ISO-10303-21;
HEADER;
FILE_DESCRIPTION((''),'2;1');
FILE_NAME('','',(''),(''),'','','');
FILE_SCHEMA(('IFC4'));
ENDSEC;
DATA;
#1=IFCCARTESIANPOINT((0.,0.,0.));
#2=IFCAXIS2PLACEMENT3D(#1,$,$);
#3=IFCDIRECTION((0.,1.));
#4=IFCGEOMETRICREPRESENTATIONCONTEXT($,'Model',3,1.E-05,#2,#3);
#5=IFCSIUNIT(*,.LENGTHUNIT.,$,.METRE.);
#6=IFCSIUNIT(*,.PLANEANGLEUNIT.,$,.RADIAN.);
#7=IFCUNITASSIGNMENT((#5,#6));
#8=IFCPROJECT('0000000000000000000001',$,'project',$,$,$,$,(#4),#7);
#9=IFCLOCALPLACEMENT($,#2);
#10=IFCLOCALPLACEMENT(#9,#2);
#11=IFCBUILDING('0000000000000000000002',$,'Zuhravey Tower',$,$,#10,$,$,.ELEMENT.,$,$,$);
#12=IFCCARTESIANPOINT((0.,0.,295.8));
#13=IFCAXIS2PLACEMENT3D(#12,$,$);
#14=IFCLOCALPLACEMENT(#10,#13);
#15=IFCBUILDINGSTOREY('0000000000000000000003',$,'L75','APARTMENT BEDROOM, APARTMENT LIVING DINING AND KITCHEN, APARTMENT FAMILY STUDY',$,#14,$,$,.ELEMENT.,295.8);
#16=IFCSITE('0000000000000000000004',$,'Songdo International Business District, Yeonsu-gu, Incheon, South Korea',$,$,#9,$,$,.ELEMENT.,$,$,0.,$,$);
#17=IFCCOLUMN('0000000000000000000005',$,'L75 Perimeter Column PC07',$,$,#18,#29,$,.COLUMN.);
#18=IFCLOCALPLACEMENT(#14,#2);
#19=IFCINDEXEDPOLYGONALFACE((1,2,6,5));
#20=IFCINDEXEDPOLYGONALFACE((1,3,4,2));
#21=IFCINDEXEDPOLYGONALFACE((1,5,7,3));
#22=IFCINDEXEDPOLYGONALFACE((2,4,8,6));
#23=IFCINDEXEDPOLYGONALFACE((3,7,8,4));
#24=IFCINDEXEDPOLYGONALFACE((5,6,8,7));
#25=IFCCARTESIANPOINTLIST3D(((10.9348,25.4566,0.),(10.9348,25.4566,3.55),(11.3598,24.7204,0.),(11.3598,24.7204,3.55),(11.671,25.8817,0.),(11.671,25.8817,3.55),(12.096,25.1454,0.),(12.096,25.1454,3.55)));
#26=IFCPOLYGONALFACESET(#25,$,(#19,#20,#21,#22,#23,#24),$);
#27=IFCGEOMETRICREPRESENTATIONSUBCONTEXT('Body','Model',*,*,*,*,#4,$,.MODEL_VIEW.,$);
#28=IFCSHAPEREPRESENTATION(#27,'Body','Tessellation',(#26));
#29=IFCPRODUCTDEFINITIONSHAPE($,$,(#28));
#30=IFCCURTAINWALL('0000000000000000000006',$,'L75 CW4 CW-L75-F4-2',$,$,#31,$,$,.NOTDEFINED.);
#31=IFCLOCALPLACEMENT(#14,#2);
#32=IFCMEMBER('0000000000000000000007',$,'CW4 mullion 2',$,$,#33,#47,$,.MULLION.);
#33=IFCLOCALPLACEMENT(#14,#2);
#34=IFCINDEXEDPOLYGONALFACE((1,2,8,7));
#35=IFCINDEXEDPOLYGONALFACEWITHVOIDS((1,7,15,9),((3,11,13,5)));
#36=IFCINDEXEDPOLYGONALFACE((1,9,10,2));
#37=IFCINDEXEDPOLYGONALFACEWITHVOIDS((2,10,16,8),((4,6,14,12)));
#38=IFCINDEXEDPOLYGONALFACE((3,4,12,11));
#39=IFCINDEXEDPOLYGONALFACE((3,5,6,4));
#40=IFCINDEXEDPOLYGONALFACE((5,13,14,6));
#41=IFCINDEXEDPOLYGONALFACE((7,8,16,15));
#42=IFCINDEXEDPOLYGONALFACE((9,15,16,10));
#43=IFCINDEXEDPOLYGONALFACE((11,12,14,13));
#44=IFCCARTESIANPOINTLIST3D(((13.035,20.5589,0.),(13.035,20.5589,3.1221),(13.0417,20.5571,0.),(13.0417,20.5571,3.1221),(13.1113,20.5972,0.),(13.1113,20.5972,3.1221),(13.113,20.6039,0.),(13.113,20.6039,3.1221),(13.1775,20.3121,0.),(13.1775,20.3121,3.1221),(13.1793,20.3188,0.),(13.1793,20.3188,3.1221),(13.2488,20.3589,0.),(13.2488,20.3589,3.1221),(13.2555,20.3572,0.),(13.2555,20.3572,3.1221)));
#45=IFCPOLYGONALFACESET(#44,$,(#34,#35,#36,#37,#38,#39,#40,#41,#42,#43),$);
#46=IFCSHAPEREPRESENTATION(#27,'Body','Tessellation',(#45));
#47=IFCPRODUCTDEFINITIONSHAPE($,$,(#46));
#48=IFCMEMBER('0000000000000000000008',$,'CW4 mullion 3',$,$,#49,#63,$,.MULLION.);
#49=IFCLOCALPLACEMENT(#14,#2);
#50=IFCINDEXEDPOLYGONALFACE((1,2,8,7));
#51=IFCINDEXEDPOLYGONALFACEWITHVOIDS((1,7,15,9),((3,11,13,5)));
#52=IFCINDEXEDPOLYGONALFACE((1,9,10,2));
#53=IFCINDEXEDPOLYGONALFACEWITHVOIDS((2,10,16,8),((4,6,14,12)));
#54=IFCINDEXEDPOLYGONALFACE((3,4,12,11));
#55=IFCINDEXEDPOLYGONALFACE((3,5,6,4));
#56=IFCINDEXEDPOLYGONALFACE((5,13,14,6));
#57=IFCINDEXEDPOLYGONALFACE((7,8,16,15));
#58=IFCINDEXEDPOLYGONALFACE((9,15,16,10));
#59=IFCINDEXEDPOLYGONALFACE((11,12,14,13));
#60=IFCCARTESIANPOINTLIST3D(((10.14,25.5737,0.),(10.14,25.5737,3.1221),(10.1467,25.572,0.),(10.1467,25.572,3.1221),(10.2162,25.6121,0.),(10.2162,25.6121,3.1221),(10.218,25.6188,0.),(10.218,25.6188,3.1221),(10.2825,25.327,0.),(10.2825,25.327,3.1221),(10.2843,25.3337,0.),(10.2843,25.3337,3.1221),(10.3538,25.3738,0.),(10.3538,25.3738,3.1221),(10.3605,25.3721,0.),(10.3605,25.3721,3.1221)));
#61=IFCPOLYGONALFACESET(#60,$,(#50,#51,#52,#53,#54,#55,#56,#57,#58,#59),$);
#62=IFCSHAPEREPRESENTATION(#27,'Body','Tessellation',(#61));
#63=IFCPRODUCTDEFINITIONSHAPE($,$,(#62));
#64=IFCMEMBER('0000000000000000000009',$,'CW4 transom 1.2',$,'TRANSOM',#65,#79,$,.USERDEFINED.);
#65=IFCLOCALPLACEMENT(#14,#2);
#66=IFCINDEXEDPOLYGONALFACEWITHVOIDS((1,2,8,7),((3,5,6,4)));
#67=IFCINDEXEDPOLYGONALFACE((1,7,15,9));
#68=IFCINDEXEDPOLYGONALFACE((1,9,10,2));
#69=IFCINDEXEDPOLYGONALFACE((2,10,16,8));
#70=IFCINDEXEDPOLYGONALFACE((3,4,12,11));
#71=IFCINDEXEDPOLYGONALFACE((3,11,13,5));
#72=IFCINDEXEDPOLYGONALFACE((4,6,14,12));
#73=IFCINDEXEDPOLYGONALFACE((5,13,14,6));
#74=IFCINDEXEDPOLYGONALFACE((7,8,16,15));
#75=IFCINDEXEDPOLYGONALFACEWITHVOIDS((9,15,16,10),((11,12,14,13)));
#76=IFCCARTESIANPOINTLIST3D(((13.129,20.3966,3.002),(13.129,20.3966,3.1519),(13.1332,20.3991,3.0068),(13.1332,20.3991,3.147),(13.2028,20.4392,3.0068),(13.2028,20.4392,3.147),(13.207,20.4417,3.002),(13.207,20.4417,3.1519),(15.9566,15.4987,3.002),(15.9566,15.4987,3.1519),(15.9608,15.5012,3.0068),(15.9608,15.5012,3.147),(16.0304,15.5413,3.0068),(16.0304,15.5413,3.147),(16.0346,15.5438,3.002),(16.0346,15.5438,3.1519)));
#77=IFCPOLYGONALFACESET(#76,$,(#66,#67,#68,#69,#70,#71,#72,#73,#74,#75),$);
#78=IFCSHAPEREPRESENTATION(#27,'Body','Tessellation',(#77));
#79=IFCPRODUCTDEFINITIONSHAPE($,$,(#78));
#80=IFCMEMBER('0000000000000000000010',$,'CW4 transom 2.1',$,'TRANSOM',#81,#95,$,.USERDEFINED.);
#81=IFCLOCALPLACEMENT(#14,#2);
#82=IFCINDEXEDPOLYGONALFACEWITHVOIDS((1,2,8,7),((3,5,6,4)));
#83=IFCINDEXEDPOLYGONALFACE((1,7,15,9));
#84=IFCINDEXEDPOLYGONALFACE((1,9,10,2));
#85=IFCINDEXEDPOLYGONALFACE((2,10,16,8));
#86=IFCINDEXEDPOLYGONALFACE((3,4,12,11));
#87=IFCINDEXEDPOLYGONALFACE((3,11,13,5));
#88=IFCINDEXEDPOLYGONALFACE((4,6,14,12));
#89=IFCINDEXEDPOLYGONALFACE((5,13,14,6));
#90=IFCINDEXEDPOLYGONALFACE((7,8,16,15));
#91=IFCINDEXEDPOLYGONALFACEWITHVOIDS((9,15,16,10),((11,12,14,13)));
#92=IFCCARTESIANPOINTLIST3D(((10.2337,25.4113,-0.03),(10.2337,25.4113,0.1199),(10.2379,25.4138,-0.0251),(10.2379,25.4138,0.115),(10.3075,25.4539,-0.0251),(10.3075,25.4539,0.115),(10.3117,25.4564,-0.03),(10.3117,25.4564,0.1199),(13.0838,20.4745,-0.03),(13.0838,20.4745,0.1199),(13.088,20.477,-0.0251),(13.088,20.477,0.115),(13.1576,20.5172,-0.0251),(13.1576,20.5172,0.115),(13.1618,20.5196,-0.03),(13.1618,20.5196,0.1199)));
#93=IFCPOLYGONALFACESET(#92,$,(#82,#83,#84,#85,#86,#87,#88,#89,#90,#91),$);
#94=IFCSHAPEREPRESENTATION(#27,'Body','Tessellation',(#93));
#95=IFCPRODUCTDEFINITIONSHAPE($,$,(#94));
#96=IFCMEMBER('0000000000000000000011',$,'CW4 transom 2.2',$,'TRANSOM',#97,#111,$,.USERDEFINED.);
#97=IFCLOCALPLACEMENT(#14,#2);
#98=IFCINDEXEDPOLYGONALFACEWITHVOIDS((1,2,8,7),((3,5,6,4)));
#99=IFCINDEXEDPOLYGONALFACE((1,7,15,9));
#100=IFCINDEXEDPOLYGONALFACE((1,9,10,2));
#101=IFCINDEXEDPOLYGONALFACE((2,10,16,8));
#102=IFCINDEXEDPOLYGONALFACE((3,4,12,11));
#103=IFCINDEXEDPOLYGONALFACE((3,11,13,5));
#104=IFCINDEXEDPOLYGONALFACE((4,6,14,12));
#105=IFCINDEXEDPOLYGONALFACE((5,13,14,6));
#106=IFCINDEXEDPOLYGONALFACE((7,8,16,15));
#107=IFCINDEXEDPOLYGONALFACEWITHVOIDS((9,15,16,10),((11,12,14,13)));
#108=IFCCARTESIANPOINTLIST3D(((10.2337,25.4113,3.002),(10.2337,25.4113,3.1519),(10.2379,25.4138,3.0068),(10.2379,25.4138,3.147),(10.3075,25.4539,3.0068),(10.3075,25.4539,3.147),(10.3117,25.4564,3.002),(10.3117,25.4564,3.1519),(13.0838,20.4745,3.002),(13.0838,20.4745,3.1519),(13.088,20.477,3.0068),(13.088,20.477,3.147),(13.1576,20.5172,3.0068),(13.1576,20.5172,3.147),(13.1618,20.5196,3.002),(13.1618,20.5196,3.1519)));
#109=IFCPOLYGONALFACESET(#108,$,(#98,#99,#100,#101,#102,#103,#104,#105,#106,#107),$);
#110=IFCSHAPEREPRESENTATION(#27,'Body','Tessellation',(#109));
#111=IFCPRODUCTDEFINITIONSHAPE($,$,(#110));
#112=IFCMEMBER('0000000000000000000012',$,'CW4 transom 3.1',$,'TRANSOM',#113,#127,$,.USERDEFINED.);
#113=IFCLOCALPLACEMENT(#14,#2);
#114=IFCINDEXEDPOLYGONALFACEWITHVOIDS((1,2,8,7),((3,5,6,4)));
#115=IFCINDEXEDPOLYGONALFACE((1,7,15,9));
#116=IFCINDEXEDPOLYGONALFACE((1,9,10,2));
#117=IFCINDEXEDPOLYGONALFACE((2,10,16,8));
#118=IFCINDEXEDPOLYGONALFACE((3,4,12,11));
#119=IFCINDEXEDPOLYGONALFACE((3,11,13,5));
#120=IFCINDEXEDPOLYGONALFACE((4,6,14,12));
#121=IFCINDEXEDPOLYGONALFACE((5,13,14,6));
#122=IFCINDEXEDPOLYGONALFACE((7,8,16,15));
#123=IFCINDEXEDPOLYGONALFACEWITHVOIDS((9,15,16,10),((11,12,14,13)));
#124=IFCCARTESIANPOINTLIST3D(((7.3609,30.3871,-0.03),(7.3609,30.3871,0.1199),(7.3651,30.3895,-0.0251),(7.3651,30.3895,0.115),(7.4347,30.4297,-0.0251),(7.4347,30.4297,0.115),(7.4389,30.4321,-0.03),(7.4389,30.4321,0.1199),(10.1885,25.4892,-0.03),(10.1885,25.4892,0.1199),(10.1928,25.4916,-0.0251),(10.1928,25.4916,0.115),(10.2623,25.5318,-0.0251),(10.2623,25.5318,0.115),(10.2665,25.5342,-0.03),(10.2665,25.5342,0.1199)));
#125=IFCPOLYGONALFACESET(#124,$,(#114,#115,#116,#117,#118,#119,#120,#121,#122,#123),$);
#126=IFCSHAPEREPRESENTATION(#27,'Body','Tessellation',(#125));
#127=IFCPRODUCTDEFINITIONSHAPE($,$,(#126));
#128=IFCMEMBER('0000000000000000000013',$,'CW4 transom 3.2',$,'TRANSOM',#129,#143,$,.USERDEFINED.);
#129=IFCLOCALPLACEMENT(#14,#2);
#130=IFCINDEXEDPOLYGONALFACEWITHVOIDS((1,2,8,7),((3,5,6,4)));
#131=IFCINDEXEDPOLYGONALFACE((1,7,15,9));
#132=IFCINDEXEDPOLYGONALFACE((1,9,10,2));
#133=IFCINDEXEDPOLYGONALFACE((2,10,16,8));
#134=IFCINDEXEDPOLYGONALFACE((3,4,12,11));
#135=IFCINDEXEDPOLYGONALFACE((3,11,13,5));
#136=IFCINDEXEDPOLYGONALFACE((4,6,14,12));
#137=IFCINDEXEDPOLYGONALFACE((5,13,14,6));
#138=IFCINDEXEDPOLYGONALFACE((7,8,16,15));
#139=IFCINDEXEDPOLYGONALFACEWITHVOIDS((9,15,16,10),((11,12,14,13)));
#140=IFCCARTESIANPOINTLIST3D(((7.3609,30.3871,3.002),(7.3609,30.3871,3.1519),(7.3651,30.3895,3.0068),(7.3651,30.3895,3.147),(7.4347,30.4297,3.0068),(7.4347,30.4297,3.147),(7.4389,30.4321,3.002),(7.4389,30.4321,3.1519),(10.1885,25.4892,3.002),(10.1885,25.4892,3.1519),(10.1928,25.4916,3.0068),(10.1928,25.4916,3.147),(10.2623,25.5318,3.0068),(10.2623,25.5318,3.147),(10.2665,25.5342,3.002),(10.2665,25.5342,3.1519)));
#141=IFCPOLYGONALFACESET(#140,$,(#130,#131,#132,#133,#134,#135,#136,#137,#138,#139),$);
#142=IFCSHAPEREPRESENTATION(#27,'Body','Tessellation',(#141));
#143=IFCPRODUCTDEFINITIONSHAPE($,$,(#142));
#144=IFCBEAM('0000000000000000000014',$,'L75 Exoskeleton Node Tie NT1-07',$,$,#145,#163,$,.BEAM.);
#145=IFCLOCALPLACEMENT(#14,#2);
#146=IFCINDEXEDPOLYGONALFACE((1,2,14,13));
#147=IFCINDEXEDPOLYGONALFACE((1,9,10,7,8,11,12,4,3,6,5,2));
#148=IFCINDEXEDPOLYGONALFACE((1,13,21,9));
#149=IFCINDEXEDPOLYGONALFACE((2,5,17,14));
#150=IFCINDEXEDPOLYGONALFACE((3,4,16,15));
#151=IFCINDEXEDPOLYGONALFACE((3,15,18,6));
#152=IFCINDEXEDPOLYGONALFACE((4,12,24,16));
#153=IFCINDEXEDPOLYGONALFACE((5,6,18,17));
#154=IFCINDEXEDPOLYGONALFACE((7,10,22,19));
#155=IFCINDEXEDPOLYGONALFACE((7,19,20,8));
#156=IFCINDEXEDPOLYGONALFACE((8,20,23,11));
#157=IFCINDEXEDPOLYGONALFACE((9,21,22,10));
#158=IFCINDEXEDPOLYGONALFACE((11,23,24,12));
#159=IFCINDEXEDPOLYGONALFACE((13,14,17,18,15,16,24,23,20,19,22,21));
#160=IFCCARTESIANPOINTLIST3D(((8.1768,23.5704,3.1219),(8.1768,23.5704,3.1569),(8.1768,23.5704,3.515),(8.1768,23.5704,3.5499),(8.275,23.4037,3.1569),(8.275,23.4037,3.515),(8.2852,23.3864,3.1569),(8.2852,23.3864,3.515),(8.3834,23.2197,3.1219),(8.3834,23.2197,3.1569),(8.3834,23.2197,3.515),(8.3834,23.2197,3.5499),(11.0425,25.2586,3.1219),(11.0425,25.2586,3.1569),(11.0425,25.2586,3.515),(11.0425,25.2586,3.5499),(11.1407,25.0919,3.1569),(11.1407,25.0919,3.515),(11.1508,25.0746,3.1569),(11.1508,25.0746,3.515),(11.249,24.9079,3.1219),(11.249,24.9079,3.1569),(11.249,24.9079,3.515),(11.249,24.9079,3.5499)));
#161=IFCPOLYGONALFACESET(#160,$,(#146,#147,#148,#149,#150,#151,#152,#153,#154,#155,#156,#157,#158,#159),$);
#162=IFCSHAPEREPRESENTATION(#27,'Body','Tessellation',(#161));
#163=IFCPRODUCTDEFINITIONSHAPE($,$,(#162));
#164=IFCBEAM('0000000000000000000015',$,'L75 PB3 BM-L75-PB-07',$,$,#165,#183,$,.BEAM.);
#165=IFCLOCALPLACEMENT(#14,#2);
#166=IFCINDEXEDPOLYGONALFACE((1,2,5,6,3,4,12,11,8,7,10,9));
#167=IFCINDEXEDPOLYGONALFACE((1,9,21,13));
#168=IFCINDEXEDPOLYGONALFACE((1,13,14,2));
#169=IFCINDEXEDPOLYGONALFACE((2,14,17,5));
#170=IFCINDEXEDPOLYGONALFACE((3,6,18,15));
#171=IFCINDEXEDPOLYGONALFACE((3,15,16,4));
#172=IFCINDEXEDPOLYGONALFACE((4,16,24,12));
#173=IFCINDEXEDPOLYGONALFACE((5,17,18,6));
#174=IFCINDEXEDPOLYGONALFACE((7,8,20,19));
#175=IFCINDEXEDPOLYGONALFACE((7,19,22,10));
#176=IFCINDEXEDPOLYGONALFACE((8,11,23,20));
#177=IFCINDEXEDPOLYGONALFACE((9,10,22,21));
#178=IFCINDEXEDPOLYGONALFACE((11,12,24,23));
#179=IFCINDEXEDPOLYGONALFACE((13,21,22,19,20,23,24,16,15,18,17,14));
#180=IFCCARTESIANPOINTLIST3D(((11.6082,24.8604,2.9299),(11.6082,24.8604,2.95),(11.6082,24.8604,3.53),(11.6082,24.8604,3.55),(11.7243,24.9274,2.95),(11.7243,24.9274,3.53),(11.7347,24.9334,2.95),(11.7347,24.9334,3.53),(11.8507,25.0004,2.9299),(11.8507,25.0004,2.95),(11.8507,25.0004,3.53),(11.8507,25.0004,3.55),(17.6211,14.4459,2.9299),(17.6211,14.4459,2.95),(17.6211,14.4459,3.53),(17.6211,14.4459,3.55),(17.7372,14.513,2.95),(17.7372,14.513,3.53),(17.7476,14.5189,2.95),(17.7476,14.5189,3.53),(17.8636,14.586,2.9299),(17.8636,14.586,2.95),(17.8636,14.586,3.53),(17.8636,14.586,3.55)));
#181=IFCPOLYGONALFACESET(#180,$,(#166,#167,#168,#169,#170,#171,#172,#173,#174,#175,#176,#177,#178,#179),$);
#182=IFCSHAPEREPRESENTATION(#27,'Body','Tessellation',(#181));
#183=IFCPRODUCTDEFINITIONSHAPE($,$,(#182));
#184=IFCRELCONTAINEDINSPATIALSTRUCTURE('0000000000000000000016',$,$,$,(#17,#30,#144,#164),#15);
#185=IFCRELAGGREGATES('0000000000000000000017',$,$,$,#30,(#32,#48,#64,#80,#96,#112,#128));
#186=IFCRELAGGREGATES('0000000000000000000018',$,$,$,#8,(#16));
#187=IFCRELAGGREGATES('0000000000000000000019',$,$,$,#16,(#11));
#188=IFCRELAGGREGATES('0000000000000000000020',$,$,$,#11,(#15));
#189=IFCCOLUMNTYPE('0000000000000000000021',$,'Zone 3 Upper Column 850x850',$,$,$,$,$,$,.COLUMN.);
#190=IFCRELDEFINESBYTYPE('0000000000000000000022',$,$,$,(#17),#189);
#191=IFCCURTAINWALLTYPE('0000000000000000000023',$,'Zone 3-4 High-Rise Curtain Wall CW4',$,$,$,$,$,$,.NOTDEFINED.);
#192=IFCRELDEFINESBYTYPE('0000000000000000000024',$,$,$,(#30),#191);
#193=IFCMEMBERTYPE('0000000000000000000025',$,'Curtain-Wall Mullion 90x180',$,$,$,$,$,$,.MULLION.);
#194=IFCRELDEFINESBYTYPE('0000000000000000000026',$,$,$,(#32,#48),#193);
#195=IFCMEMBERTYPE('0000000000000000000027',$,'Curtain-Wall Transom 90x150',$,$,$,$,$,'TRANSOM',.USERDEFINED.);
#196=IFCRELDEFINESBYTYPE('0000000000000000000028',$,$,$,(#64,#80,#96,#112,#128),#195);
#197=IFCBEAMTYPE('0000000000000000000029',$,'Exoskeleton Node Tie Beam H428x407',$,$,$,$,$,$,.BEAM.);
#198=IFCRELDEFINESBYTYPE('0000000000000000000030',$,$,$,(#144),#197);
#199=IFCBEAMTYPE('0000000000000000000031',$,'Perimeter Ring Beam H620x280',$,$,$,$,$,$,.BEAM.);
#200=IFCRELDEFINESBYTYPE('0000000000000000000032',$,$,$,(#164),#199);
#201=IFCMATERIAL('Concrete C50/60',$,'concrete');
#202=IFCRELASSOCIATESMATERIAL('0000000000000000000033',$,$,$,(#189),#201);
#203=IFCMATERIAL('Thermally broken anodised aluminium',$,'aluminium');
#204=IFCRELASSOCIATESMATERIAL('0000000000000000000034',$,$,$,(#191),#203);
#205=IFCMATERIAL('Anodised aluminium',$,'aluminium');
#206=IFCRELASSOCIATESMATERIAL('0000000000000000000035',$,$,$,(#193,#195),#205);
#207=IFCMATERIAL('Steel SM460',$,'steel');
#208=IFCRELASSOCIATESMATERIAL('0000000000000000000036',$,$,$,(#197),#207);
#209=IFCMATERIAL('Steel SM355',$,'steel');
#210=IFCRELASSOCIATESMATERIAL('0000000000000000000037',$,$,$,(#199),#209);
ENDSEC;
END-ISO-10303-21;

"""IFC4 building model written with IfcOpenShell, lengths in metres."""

from ifc_helpers import new_model, si_unit, direction, frame, origin, origin_2d, place, context, subcontext, project, spatial, rectangle, hollow_rectangle, i_section, extrude, material, material_profile, profile_set, type_object, element, aggregate, save


model = new_model("IFC4")

# Units and contexts
model_context = context("Model", 3, precision=1e-05, world=origin(), true_north=direction((0.0, 1.0)))
body_context = subcontext(model_context, "Body", "Model", "MODEL_VIEW")
ifc_project = project(units=[si_unit("LENGTHUNIT", "METRE"), si_unit("PLANEANGLEUNIT", "RADIAN")], contexts=[model_context])

# Site, building, storey
site_placement = place(None, origin())
site = spatial("IfcSite", under=ifc_project, at=site_placement, Name="Songdo International Business District, Yeonsu-gu, Incheon, South Korea", CompositionType="ELEMENT", RefElevation=0.0)
building_placement = place(site_placement, origin())
building = spatial("IfcBuilding", under=site, at=building_placement, Name="Zuhravey Tower", CompositionType="ELEMENT")
storey_placement = place(building_placement, frame((0.0, 0.0, 295.8)))
storey = spatial("IfcBuildingStorey", under=building, at=storey_placement, Name="L75", Description="APARTMENT BEDROOM, APARTMENT LIVING DINING AND KITCHEN, APARTMENT FAMILY STUDY", CompositionType="ELEMENT", Elevation=295.8)

# Column
ifc_material_1 = material(Name="Concrete C50/60", Category="concrete")
ifc_material_profile_1 = material_profile(ifc_material_1, rectangle(XDim=0.8501, YDim=0.8501, at=origin_2d()), Name="RC-850x850")
ifc_profile_set_1 = profile_set([ifc_material_profile_1], Name="Concrete C50/60")
column_type = type_object("IfcColumnType", Name="Zone 3 Upper Column 850x850", PredefinedType="COLUMN", material=ifc_profile_set_1)
column_placement = place(storey_placement, frame((11.5154, 25.301, 0.0), z_axis=(0.0, 0.0, 1.0), x_axis=(0.5, -0.866025, 0.0)))
element("IfcColumn", 1, at=column_placement, inside=storey, type_object=column_type, Name="L75 Perimeter Column PC07", PredefinedType="COLUMN", context=body_context, shape_type="SweptSolid", body=[
    extrude(rectangle(XDim=0.8501, YDim=0.8501, at=origin_2d()), origin(), (0.0, 0.0, 1.0), 3.55),
])

# Curtain wall, members
ifc_material_2 = material(Name="Thermally broken anodised aluminium", Category="aluminium")
curtain_wall_type = type_object("IfcCurtainWallType", Name="Zone 3-4 High-Rise Curtain Wall CW4", PredefinedType="NOTDEFINED", material=ifc_material_2)
curtain_wall_placement = place(storey_placement, origin())
curtain_wall = element("IfcCurtainWall", 2, at=curtain_wall_placement, inside=storey, type_object=curtain_wall_type, Name="L75 CW4 CW-L75-F4-2", PredefinedType="NOTDEFINED")
ifc_material_3 = material(Name="Anodised aluminium", Category="aluminium")
ifc_material_profile_2 = material_profile(ifc_material_3, hollow_rectangle(XDim=0.0901, YDim=0.2849, WallThickness=0.0049, at=origin_2d()), Name="ALU-RHS-90x285x5")
ifc_profile_set_2 = profile_set([ifc_material_profile_2], Name="Anodised aluminium")
member_type_1 = type_object("IfcMemberType", Name="Curtain-Wall Mullion 90x180", PredefinedType="MULLION", material=ifc_profile_set_2)
member_1_placement = place(storey_placement, frame((13.1453, 20.458, 0.0), z_axis=(0.0, 0.0, 1.0), x_axis=(-0.866026, -0.499999, 0.0)))
member_1 = element("IfcMember", 3, at=member_1_placement, type_object=member_type_1, Name="CW4 mullion 2", PredefinedType="MULLION", context=body_context, shape_type="SweptSolid", body=[
    extrude(hollow_rectangle(XDim=0.0901, YDim=0.2849, WallThickness=0.0049, at=origin_2d()), origin(), (0.0, 0.0, 1.0), 3.1221),
])
member_2_placement = place(storey_placement, frame((10.2502, 25.4729, 0.0), z_axis=(0.0, 0.0, 1.0), x_axis=(-0.866026, -0.499999, 0.0)))
member_2 = element("IfcMember", 4, at=member_2_placement, type_object=member_type_1, Name="CW4 mullion 3", PredefinedType="MULLION", context=body_context, shape_type="SweptSolid", body=[
    extrude(hollow_rectangle(XDim=0.0901, YDim=0.2849, WallThickness=0.0049, at=origin_2d()), origin(), (0.0, 0.0, 1.0), 3.1221),
])
ifc_material_profile_3 = material_profile(ifc_material_3, hollow_rectangle(XDim=0.0901, YDim=0.1499, WallThickness=0.0049, at=origin_2d()), Name="ALU-RHS-90x150x5")
ifc_profile_set_3 = profile_set([ifc_material_profile_3], Name="Anodised aluminium")
member_type_2 = type_object("IfcMemberType", Name="Curtain-Wall Transom 90x150", ElementType="TRANSOM", PredefinedType="USERDEFINED", material=ifc_profile_set_3)
member_3_placement = place(storey_placement, frame((15.9956, 15.5212, 3.0769), z_axis=(-0.499974, 0.86604, 0.0), x_axis=(-0.86604, -0.499974, 0.0)))
member_3 = element("IfcMember", 5, at=member_3_placement, type_object=member_type_2, Name="CW4 transom 1.2", ObjectType="TRANSOM", PredefinedType="USERDEFINED", context=body_context, shape_type="SweptSolid", body=[
    extrude(hollow_rectangle(XDim=0.0901, YDim=0.1499, WallThickness=0.0049, at=origin_2d()), origin(), (0.0, 0.0, 1.0), 5.6555),
])
member_4_placement = place(storey_placement, frame((13.1228, 20.4971, 0.0449), z_axis=(-0.499981, 0.866037, 0.0), x_axis=(-0.866037, -0.499981, 0.0)))
member_4 = element("IfcMember", 6, at=member_4_placement, type_object=member_type_2, Name="CW4 transom 2.1", ObjectType="TRANSOM", PredefinedType="USERDEFINED", context=body_context, shape_type="SweptSolid", body=[
    extrude(hollow_rectangle(XDim=0.0901, YDim=0.1499, WallThickness=0.0049, at=origin_2d()), origin(), (0.0, 0.0, 1.0), 5.7004),
])
member_5_placement = place(storey_placement, frame((13.1228, 20.4971, 3.0769), z_axis=(-0.499981, 0.866037, 0.0), x_axis=(-0.866037, -0.499981, 0.0)))
member_5 = element("IfcMember", 7, at=member_5_placement, type_object=member_type_2, Name="CW4 transom 2.2", ObjectType="TRANSOM", PredefinedType="USERDEFINED", context=body_context, shape_type="SweptSolid", body=[
    extrude(hollow_rectangle(XDim=0.0901, YDim=0.1499, WallThickness=0.0049, at=origin_2d()), origin(), (0.0, 0.0, 1.0), 5.7004),
])
member_6_placement = place(storey_placement, frame((10.2275, 25.5117, 0.0449), z_axis=(-0.499974, 0.86604, 0.0), x_axis=(-0.86604, -0.499974, 0.0)))
member_6 = element("IfcMember", 8, at=member_6_placement, type_object=member_type_2, Name="CW4 transom 3.1", ObjectType="TRANSOM", PredefinedType="USERDEFINED", context=body_context, shape_type="SweptSolid", body=[
    extrude(hollow_rectangle(XDim=0.0901, YDim=0.1499, WallThickness=0.0049, at=origin_2d()), origin(), (0.0, 0.0, 1.0), 5.6555),
])
member_7_placement = place(storey_placement, frame((10.2275, 25.5117, 3.0769), z_axis=(-0.499974, 0.86604, 0.0), x_axis=(-0.86604, -0.499974, 0.0)))
member_7 = element("IfcMember", 9, at=member_7_placement, type_object=member_type_2, Name="CW4 transom 3.2", ObjectType="TRANSOM", PredefinedType="USERDEFINED", context=body_context, shape_type="SweptSolid", body=[
    extrude(hollow_rectangle(XDim=0.0901, YDim=0.1499, WallThickness=0.0049, at=origin_2d()), origin(), (0.0, 0.0, 1.0), 5.6555),
])

# Beams
ifc_material_4 = material(Name="Steel SM460", Category="steel")
ifc_material_profile_4 = material_profile(ifc_material_4, i_section(OverallWidth=0.407, OverallDepth=0.428, WebThickness=0.02, FlangeThickness=0.0349, at=origin_2d()), Name="H-428x407x20x35")
ifc_profile_set_4 = profile_set([ifc_material_profile_4], Name="Steel SM460")
beam_type_1 = type_object("IfcBeamType", Name="Exoskeleton Node Tie Beam H428x407", PredefinedType="BEAM", material=ifc_profile_set_4)
beam_1_placement = place(storey_placement, frame((11.1458, 25.0833, 3.3359), z_axis=(-0.861604, -0.507581, 0.0), x_axis=(0.507581, -0.861604, 0.0)))
element("IfcBeam", 10, at=beam_1_placement, inside=storey, type_object=beam_type_1, Name="L75 Exoskeleton Node Tie NT1-07", PredefinedType="BEAM", context=body_context, shape_type="SweptSolid", body=[
    extrude(i_section(OverallWidth=0.407, OverallDepth=0.428, WebThickness=0.02, FlangeThickness=0.0349, at=origin_2d()), origin(), (0.0, 0.0, 1.0), 3.3259),
])
ifc_material_5 = material(Name="Steel SM355", Category="steel")
ifc_material_profile_5 = material_profile(ifc_material_5, i_section(OverallWidth=0.28, OverallDepth=0.6201, WebThickness=0.012, FlangeThickness=0.02, at=origin_2d()), Name="H-620x280x12x20")
ifc_profile_set_5 = profile_set([ifc_material_profile_5], Name="Steel SM355")
beam_type_2 = type_object("IfcBeamType", Name="Perimeter Ring Beam H620x280", PredefinedType="BEAM", material=ifc_profile_set_5)
beam_2_placement = place(storey_placement, frame((11.7295, 24.9304, 3.24), z_axis=(0.500006, -0.866022, 0.0), x_axis=(0.866022, 0.500006, 0.0)))
element("IfcBeam", 11, at=beam_2_placement, inside=storey, type_object=beam_type_2, Name="L75 PB3 BM-L75-PB-07", PredefinedType="BEAM", context=body_context, shape_type="SweptSolid", body=[
    extrude(i_section(OverallWidth=0.28, OverallDepth=0.6201, WebThickness=0.012, FlangeThickness=0.02, at=origin_2d()), origin(), (0.0, 0.0, 1.0), 12.0256),
])

aggregate(curtain_wall, [member_1, member_2, member_3, member_4, member_5, member_6, member_7])

save(model, "model.ifc")
